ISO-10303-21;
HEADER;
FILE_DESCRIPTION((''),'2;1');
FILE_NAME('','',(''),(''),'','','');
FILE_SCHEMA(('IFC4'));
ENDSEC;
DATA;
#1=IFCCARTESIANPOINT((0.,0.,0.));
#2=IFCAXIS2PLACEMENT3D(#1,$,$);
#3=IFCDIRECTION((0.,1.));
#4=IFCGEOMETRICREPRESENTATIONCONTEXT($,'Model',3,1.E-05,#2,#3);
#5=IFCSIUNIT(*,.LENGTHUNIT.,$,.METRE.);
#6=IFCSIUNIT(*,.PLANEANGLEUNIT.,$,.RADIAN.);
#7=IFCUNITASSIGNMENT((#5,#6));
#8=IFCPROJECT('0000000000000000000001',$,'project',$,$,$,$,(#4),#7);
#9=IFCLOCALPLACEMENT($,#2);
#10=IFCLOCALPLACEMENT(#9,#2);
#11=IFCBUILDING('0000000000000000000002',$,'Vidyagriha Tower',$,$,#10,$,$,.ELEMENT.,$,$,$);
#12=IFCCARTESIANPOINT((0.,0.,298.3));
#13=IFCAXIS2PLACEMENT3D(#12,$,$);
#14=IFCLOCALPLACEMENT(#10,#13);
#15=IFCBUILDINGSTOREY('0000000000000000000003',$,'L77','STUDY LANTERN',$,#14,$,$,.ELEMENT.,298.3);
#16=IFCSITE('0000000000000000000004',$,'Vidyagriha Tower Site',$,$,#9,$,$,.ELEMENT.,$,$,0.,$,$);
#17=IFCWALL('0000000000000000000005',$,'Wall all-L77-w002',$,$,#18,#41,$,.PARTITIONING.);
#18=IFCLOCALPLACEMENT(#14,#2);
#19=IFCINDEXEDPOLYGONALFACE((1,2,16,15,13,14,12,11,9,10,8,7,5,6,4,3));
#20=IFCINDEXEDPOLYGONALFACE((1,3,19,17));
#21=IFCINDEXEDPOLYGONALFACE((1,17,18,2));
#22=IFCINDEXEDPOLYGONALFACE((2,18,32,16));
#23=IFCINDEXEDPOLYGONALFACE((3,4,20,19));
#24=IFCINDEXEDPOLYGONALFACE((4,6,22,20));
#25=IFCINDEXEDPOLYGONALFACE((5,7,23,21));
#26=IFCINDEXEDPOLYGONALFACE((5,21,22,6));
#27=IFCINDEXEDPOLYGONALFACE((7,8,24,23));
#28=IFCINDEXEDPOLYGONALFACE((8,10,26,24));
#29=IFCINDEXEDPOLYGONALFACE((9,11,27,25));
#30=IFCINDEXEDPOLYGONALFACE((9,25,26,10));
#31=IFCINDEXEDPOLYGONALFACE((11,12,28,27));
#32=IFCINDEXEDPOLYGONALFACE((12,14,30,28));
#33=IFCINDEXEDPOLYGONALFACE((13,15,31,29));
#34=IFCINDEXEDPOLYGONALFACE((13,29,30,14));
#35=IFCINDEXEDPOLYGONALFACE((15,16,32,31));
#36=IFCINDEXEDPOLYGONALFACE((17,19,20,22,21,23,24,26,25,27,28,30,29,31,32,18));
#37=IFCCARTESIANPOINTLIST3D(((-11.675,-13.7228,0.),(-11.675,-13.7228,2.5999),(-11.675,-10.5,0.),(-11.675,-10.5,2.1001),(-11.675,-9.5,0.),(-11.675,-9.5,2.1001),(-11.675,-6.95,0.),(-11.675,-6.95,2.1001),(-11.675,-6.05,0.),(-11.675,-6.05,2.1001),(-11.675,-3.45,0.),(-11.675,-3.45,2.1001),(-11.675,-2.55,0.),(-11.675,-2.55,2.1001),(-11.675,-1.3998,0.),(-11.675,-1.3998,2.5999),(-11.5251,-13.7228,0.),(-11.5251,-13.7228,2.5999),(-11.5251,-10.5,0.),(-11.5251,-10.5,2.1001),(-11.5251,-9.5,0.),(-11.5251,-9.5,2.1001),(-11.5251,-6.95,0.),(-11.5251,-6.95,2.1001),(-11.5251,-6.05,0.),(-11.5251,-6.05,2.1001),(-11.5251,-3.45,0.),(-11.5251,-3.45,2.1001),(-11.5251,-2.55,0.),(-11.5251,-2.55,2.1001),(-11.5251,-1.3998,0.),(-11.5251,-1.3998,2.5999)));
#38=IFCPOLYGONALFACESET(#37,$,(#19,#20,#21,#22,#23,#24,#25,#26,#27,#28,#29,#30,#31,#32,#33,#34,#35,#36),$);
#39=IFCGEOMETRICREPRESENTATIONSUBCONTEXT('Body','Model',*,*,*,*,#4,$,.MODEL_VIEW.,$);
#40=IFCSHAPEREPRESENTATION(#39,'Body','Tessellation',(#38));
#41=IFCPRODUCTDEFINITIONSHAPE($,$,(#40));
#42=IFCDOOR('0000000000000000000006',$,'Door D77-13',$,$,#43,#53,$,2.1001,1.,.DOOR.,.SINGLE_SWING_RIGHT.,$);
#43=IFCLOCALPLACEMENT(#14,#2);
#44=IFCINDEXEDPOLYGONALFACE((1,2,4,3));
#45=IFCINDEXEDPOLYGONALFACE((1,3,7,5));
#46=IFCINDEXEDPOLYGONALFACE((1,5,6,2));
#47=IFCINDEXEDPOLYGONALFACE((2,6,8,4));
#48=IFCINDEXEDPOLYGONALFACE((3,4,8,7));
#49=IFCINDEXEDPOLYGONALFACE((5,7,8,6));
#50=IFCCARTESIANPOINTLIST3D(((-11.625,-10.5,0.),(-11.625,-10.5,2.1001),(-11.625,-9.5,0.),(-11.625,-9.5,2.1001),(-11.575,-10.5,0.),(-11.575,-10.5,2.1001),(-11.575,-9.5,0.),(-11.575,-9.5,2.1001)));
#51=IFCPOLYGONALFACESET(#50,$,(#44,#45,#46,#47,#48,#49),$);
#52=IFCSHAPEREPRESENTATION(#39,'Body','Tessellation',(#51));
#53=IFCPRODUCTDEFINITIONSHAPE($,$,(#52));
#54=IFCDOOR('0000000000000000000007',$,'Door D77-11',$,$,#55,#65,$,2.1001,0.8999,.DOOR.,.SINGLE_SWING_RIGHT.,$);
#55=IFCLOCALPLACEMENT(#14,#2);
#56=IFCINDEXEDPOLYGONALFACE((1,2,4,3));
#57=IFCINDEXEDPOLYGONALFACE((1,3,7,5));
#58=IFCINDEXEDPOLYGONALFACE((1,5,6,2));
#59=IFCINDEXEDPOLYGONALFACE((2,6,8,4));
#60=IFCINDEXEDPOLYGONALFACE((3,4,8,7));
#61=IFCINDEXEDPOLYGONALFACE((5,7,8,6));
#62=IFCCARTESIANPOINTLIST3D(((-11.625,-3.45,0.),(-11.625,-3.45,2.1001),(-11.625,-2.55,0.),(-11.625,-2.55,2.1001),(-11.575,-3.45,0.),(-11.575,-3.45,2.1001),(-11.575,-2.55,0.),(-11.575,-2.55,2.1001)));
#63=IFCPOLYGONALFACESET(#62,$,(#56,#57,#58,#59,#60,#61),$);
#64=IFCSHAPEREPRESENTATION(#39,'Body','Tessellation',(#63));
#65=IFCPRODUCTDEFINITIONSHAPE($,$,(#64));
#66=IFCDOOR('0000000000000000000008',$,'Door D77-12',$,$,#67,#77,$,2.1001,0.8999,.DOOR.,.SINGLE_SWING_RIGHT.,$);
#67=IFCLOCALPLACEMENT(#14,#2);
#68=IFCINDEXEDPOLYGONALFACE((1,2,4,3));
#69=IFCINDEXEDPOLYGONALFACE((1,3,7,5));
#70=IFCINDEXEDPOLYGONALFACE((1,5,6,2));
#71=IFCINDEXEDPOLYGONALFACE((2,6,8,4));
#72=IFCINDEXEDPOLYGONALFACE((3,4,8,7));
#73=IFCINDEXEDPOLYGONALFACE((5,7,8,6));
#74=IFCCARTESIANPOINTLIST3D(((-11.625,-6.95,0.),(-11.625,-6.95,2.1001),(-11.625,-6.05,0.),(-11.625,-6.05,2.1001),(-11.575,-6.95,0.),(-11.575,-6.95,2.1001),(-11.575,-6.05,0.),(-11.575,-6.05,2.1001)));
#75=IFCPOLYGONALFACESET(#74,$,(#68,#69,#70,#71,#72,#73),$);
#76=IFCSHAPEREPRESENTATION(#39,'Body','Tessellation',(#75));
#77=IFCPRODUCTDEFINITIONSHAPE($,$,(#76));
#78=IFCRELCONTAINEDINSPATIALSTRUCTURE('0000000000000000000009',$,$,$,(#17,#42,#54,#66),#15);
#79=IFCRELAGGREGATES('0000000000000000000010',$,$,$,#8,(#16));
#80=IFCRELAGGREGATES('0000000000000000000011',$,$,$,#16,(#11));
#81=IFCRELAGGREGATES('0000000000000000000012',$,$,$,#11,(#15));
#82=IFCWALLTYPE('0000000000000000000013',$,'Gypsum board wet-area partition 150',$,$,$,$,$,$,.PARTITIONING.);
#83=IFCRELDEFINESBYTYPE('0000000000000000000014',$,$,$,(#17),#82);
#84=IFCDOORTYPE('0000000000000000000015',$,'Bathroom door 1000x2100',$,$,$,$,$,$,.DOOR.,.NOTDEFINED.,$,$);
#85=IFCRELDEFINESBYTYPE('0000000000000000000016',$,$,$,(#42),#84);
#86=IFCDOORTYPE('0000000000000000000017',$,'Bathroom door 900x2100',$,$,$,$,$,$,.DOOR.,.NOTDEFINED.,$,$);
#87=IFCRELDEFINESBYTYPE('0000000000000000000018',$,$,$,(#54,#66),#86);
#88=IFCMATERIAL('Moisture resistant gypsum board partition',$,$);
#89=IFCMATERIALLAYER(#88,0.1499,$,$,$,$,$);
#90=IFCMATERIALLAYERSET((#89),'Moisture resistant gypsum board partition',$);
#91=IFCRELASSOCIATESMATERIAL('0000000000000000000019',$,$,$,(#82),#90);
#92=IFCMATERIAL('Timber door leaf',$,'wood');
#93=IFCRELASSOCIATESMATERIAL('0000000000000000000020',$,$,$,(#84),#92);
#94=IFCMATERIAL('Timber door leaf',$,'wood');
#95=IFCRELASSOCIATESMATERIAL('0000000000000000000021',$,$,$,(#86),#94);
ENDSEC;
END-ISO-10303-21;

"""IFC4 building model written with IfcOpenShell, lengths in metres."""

from ifc_helpers import new_model, si_unit, direction, frame, frame_2d, origin, place, context, subcontext, project, spatial, rectangle, extrude, material, layer, layer_set, type_object, element, fill, save


model = new_model("IFC4")

# Units and contexts
model_context = context("Model", 3, precision=1e-05, world=origin(), true_north=direction((0.0, 1.0)))
body_context = subcontext(model_context, "Body", "Model", "MODEL_VIEW")
ifc_project = project(units=[si_unit("LENGTHUNIT", "METRE"), si_unit("PLANEANGLEUNIT", "RADIAN")], contexts=[model_context])

# Site, building, storey
site_placement = place(None, origin())
site = spatial("IfcSite", under=ifc_project, at=site_placement, Name="Vidyagriha Tower Site", CompositionType="ELEMENT", RefElevation=0.0)
building_placement = place(site_placement, origin())
building = spatial("IfcBuilding", under=site, at=building_placement, Name="Vidyagriha Tower", CompositionType="ELEMENT")
storey_placement = place(building_placement, frame((0.0, 0.0, 298.3)))
storey = spatial("IfcBuildingStorey", under=building, at=storey_placement, Name="L77", Description="STUDY LANTERN", CompositionType="ELEMENT", Elevation=298.3)

# Wall, openings, doors
ifc_material_1 = material(Name="Moisture resistant gypsum board partition")
ifc_layer_1 = layer(ifc_material_1, 0.1499)
ifc_layer_set_1 = layer_set([ifc_layer_1], Name="Moisture resistant gypsum board partition")
wall_type = type_object("IfcWallType", Name="Gypsum board wet-area partition 150", PredefinedType="PARTITIONING", material=ifc_layer_set_1)
wall_placement = place(storey_placement, frame((-11.6001, -13.7229, 0.0), z_axis=(0.0, 0.0, 1.0), x_axis=(0.0, 1.0, 0.0)))
wall = element("IfcWall", 1, at=wall_placement, inside=storey, type_object=wall_type, Name="Wall all-L77-w002", PredefinedType="PARTITIONING", context=body_context, shape_type="SweptSolid", body=[
    extrude(rectangle(XDim=12.323, YDim=0.1499, at=frame_2d((6.1616, 0.0))), origin(), (0.0, 0.0, 1.0), 2.5999),
])
opening_1_placement = place(wall_placement, frame((10.2729, 0.0, 0.0)))
opening_1 = element("IfcOpeningElement", 2, at=opening_1_placement, cuts=wall, PredefinedType="OPENING", context=body_context, shape_type="SweptSolid", body=[
    extrude(rectangle(XDim=0.8999, YDim=2.1001, at=frame_2d((0.45, 1.05))), frame((0.0, 0.085, 0.0), z_axis=(0.0, -1.0, 0.0), x_axis=(1.0, 0.0, 0.0)), (0.0, 0.0, 1.0), 0.1699),
])
opening_2_placement = place(wall_placement, frame((6.7729, 0.0, 0.0)))
opening_2 = element("IfcOpeningElement", 3, at=opening_2_placement, cuts=wall, PredefinedType="OPENING", context=body_context, shape_type="SweptSolid", body=[
    extrude(rectangle(XDim=0.8999, YDim=2.1001, at=frame_2d((0.45, 1.05))), frame((0.0, 0.085, 0.0), z_axis=(0.0, -1.0, 0.0), x_axis=(1.0, 0.0, 0.0)), (0.0, 0.0, 1.0), 0.1699),
])
opening_3_placement = place(wall_placement, frame((3.2229, 0.0, 0.0)))
opening_3 = element("IfcOpeningElement", 4, at=opening_3_placement, cuts=wall, PredefinedType="OPENING", context=body_context, shape_type="SweptSolid", body=[
    extrude(rectangle(XDim=1.0, YDim=2.1001, at=frame_2d((0.5, 1.05))), frame((0.0, 0.085, 0.0), z_axis=(0.0, -1.0, 0.0), x_axis=(1.0, 0.0, 0.0)), (0.0, 0.0, 1.0), 0.1699),
])
ifc_material_2 = material(Name="Timber door leaf", Category="wood")
door_type_1 = type_object("IfcDoorType", Name="Bathroom door 1000x2100", OperationType="NOTDEFINED", PredefinedType="DOOR", material=ifc_material_2)
door_1_placement = place(opening_3_placement, origin())
door_1 = element("IfcDoor", 5, at=door_1_placement, inside=storey, type_object=door_type_1, Name="Door D77-13", OperationType="SINGLE_SWING_RIGHT", OverallHeight=2.1001, OverallWidth=1.0, PredefinedType="DOOR", context=body_context, shape_type="SweptSolid", body=[
    extrude(rectangle(XDim=1.0, YDim=2.1001, at=frame_2d((0.5, 1.05))), frame((0.0, 0.0249, 0.0), z_axis=(0.0, -1.0, 0.0), x_axis=(1.0, 0.0, 0.0)), (0.0, 0.0, 1.0), 0.05),
])
fill(opening_3, door_1)
ifc_material_3 = material(Name="Timber door leaf", Category="wood")
door_type_2 = type_object("IfcDoorType", Name="Bathroom door 900x2100", OperationType="NOTDEFINED", PredefinedType="DOOR", material=ifc_material_3)
door_2_placement = place(opening_1_placement, origin())
door_2 = element("IfcDoor", 6, at=door_2_placement, inside=storey, type_object=door_type_2, Name="Door D77-11", OperationType="SINGLE_SWING_RIGHT", OverallHeight=2.1001, OverallWidth=0.8999, PredefinedType="DOOR", context=body_context, shape_type="SweptSolid", body=[
    extrude(rectangle(XDim=0.8999, YDim=2.1001, at=frame_2d((0.45, 1.05))), frame((0.0, 0.0249, 0.0), z_axis=(0.0, -1.0, 0.0), x_axis=(1.0, 0.0, 0.0)), (0.0, 0.0, 1.0), 0.05),
])
fill(opening_1, door_2)
door_3_placement = place(opening_2_placement, origin())
door_3 = element("IfcDoor", 7, at=door_3_placement, inside=storey, type_object=door_type_2, Name="Door D77-12", OperationType="SINGLE_SWING_RIGHT", OverallHeight=2.1001, OverallWidth=0.8999, PredefinedType="DOOR", context=body_context, shape_type="SweptSolid", body=[
    extrude(rectangle(XDim=0.8999, YDim=2.1001, at=frame_2d((0.45, 1.05))), frame((0.0, 0.0249, 0.0), z_axis=(0.0, -1.0, 0.0), x_axis=(1.0, 0.0, 0.0)), (0.0, 0.0, 1.0), 0.05),
])
fill(opening_2, door_3)

save(model, "model.ifc")
